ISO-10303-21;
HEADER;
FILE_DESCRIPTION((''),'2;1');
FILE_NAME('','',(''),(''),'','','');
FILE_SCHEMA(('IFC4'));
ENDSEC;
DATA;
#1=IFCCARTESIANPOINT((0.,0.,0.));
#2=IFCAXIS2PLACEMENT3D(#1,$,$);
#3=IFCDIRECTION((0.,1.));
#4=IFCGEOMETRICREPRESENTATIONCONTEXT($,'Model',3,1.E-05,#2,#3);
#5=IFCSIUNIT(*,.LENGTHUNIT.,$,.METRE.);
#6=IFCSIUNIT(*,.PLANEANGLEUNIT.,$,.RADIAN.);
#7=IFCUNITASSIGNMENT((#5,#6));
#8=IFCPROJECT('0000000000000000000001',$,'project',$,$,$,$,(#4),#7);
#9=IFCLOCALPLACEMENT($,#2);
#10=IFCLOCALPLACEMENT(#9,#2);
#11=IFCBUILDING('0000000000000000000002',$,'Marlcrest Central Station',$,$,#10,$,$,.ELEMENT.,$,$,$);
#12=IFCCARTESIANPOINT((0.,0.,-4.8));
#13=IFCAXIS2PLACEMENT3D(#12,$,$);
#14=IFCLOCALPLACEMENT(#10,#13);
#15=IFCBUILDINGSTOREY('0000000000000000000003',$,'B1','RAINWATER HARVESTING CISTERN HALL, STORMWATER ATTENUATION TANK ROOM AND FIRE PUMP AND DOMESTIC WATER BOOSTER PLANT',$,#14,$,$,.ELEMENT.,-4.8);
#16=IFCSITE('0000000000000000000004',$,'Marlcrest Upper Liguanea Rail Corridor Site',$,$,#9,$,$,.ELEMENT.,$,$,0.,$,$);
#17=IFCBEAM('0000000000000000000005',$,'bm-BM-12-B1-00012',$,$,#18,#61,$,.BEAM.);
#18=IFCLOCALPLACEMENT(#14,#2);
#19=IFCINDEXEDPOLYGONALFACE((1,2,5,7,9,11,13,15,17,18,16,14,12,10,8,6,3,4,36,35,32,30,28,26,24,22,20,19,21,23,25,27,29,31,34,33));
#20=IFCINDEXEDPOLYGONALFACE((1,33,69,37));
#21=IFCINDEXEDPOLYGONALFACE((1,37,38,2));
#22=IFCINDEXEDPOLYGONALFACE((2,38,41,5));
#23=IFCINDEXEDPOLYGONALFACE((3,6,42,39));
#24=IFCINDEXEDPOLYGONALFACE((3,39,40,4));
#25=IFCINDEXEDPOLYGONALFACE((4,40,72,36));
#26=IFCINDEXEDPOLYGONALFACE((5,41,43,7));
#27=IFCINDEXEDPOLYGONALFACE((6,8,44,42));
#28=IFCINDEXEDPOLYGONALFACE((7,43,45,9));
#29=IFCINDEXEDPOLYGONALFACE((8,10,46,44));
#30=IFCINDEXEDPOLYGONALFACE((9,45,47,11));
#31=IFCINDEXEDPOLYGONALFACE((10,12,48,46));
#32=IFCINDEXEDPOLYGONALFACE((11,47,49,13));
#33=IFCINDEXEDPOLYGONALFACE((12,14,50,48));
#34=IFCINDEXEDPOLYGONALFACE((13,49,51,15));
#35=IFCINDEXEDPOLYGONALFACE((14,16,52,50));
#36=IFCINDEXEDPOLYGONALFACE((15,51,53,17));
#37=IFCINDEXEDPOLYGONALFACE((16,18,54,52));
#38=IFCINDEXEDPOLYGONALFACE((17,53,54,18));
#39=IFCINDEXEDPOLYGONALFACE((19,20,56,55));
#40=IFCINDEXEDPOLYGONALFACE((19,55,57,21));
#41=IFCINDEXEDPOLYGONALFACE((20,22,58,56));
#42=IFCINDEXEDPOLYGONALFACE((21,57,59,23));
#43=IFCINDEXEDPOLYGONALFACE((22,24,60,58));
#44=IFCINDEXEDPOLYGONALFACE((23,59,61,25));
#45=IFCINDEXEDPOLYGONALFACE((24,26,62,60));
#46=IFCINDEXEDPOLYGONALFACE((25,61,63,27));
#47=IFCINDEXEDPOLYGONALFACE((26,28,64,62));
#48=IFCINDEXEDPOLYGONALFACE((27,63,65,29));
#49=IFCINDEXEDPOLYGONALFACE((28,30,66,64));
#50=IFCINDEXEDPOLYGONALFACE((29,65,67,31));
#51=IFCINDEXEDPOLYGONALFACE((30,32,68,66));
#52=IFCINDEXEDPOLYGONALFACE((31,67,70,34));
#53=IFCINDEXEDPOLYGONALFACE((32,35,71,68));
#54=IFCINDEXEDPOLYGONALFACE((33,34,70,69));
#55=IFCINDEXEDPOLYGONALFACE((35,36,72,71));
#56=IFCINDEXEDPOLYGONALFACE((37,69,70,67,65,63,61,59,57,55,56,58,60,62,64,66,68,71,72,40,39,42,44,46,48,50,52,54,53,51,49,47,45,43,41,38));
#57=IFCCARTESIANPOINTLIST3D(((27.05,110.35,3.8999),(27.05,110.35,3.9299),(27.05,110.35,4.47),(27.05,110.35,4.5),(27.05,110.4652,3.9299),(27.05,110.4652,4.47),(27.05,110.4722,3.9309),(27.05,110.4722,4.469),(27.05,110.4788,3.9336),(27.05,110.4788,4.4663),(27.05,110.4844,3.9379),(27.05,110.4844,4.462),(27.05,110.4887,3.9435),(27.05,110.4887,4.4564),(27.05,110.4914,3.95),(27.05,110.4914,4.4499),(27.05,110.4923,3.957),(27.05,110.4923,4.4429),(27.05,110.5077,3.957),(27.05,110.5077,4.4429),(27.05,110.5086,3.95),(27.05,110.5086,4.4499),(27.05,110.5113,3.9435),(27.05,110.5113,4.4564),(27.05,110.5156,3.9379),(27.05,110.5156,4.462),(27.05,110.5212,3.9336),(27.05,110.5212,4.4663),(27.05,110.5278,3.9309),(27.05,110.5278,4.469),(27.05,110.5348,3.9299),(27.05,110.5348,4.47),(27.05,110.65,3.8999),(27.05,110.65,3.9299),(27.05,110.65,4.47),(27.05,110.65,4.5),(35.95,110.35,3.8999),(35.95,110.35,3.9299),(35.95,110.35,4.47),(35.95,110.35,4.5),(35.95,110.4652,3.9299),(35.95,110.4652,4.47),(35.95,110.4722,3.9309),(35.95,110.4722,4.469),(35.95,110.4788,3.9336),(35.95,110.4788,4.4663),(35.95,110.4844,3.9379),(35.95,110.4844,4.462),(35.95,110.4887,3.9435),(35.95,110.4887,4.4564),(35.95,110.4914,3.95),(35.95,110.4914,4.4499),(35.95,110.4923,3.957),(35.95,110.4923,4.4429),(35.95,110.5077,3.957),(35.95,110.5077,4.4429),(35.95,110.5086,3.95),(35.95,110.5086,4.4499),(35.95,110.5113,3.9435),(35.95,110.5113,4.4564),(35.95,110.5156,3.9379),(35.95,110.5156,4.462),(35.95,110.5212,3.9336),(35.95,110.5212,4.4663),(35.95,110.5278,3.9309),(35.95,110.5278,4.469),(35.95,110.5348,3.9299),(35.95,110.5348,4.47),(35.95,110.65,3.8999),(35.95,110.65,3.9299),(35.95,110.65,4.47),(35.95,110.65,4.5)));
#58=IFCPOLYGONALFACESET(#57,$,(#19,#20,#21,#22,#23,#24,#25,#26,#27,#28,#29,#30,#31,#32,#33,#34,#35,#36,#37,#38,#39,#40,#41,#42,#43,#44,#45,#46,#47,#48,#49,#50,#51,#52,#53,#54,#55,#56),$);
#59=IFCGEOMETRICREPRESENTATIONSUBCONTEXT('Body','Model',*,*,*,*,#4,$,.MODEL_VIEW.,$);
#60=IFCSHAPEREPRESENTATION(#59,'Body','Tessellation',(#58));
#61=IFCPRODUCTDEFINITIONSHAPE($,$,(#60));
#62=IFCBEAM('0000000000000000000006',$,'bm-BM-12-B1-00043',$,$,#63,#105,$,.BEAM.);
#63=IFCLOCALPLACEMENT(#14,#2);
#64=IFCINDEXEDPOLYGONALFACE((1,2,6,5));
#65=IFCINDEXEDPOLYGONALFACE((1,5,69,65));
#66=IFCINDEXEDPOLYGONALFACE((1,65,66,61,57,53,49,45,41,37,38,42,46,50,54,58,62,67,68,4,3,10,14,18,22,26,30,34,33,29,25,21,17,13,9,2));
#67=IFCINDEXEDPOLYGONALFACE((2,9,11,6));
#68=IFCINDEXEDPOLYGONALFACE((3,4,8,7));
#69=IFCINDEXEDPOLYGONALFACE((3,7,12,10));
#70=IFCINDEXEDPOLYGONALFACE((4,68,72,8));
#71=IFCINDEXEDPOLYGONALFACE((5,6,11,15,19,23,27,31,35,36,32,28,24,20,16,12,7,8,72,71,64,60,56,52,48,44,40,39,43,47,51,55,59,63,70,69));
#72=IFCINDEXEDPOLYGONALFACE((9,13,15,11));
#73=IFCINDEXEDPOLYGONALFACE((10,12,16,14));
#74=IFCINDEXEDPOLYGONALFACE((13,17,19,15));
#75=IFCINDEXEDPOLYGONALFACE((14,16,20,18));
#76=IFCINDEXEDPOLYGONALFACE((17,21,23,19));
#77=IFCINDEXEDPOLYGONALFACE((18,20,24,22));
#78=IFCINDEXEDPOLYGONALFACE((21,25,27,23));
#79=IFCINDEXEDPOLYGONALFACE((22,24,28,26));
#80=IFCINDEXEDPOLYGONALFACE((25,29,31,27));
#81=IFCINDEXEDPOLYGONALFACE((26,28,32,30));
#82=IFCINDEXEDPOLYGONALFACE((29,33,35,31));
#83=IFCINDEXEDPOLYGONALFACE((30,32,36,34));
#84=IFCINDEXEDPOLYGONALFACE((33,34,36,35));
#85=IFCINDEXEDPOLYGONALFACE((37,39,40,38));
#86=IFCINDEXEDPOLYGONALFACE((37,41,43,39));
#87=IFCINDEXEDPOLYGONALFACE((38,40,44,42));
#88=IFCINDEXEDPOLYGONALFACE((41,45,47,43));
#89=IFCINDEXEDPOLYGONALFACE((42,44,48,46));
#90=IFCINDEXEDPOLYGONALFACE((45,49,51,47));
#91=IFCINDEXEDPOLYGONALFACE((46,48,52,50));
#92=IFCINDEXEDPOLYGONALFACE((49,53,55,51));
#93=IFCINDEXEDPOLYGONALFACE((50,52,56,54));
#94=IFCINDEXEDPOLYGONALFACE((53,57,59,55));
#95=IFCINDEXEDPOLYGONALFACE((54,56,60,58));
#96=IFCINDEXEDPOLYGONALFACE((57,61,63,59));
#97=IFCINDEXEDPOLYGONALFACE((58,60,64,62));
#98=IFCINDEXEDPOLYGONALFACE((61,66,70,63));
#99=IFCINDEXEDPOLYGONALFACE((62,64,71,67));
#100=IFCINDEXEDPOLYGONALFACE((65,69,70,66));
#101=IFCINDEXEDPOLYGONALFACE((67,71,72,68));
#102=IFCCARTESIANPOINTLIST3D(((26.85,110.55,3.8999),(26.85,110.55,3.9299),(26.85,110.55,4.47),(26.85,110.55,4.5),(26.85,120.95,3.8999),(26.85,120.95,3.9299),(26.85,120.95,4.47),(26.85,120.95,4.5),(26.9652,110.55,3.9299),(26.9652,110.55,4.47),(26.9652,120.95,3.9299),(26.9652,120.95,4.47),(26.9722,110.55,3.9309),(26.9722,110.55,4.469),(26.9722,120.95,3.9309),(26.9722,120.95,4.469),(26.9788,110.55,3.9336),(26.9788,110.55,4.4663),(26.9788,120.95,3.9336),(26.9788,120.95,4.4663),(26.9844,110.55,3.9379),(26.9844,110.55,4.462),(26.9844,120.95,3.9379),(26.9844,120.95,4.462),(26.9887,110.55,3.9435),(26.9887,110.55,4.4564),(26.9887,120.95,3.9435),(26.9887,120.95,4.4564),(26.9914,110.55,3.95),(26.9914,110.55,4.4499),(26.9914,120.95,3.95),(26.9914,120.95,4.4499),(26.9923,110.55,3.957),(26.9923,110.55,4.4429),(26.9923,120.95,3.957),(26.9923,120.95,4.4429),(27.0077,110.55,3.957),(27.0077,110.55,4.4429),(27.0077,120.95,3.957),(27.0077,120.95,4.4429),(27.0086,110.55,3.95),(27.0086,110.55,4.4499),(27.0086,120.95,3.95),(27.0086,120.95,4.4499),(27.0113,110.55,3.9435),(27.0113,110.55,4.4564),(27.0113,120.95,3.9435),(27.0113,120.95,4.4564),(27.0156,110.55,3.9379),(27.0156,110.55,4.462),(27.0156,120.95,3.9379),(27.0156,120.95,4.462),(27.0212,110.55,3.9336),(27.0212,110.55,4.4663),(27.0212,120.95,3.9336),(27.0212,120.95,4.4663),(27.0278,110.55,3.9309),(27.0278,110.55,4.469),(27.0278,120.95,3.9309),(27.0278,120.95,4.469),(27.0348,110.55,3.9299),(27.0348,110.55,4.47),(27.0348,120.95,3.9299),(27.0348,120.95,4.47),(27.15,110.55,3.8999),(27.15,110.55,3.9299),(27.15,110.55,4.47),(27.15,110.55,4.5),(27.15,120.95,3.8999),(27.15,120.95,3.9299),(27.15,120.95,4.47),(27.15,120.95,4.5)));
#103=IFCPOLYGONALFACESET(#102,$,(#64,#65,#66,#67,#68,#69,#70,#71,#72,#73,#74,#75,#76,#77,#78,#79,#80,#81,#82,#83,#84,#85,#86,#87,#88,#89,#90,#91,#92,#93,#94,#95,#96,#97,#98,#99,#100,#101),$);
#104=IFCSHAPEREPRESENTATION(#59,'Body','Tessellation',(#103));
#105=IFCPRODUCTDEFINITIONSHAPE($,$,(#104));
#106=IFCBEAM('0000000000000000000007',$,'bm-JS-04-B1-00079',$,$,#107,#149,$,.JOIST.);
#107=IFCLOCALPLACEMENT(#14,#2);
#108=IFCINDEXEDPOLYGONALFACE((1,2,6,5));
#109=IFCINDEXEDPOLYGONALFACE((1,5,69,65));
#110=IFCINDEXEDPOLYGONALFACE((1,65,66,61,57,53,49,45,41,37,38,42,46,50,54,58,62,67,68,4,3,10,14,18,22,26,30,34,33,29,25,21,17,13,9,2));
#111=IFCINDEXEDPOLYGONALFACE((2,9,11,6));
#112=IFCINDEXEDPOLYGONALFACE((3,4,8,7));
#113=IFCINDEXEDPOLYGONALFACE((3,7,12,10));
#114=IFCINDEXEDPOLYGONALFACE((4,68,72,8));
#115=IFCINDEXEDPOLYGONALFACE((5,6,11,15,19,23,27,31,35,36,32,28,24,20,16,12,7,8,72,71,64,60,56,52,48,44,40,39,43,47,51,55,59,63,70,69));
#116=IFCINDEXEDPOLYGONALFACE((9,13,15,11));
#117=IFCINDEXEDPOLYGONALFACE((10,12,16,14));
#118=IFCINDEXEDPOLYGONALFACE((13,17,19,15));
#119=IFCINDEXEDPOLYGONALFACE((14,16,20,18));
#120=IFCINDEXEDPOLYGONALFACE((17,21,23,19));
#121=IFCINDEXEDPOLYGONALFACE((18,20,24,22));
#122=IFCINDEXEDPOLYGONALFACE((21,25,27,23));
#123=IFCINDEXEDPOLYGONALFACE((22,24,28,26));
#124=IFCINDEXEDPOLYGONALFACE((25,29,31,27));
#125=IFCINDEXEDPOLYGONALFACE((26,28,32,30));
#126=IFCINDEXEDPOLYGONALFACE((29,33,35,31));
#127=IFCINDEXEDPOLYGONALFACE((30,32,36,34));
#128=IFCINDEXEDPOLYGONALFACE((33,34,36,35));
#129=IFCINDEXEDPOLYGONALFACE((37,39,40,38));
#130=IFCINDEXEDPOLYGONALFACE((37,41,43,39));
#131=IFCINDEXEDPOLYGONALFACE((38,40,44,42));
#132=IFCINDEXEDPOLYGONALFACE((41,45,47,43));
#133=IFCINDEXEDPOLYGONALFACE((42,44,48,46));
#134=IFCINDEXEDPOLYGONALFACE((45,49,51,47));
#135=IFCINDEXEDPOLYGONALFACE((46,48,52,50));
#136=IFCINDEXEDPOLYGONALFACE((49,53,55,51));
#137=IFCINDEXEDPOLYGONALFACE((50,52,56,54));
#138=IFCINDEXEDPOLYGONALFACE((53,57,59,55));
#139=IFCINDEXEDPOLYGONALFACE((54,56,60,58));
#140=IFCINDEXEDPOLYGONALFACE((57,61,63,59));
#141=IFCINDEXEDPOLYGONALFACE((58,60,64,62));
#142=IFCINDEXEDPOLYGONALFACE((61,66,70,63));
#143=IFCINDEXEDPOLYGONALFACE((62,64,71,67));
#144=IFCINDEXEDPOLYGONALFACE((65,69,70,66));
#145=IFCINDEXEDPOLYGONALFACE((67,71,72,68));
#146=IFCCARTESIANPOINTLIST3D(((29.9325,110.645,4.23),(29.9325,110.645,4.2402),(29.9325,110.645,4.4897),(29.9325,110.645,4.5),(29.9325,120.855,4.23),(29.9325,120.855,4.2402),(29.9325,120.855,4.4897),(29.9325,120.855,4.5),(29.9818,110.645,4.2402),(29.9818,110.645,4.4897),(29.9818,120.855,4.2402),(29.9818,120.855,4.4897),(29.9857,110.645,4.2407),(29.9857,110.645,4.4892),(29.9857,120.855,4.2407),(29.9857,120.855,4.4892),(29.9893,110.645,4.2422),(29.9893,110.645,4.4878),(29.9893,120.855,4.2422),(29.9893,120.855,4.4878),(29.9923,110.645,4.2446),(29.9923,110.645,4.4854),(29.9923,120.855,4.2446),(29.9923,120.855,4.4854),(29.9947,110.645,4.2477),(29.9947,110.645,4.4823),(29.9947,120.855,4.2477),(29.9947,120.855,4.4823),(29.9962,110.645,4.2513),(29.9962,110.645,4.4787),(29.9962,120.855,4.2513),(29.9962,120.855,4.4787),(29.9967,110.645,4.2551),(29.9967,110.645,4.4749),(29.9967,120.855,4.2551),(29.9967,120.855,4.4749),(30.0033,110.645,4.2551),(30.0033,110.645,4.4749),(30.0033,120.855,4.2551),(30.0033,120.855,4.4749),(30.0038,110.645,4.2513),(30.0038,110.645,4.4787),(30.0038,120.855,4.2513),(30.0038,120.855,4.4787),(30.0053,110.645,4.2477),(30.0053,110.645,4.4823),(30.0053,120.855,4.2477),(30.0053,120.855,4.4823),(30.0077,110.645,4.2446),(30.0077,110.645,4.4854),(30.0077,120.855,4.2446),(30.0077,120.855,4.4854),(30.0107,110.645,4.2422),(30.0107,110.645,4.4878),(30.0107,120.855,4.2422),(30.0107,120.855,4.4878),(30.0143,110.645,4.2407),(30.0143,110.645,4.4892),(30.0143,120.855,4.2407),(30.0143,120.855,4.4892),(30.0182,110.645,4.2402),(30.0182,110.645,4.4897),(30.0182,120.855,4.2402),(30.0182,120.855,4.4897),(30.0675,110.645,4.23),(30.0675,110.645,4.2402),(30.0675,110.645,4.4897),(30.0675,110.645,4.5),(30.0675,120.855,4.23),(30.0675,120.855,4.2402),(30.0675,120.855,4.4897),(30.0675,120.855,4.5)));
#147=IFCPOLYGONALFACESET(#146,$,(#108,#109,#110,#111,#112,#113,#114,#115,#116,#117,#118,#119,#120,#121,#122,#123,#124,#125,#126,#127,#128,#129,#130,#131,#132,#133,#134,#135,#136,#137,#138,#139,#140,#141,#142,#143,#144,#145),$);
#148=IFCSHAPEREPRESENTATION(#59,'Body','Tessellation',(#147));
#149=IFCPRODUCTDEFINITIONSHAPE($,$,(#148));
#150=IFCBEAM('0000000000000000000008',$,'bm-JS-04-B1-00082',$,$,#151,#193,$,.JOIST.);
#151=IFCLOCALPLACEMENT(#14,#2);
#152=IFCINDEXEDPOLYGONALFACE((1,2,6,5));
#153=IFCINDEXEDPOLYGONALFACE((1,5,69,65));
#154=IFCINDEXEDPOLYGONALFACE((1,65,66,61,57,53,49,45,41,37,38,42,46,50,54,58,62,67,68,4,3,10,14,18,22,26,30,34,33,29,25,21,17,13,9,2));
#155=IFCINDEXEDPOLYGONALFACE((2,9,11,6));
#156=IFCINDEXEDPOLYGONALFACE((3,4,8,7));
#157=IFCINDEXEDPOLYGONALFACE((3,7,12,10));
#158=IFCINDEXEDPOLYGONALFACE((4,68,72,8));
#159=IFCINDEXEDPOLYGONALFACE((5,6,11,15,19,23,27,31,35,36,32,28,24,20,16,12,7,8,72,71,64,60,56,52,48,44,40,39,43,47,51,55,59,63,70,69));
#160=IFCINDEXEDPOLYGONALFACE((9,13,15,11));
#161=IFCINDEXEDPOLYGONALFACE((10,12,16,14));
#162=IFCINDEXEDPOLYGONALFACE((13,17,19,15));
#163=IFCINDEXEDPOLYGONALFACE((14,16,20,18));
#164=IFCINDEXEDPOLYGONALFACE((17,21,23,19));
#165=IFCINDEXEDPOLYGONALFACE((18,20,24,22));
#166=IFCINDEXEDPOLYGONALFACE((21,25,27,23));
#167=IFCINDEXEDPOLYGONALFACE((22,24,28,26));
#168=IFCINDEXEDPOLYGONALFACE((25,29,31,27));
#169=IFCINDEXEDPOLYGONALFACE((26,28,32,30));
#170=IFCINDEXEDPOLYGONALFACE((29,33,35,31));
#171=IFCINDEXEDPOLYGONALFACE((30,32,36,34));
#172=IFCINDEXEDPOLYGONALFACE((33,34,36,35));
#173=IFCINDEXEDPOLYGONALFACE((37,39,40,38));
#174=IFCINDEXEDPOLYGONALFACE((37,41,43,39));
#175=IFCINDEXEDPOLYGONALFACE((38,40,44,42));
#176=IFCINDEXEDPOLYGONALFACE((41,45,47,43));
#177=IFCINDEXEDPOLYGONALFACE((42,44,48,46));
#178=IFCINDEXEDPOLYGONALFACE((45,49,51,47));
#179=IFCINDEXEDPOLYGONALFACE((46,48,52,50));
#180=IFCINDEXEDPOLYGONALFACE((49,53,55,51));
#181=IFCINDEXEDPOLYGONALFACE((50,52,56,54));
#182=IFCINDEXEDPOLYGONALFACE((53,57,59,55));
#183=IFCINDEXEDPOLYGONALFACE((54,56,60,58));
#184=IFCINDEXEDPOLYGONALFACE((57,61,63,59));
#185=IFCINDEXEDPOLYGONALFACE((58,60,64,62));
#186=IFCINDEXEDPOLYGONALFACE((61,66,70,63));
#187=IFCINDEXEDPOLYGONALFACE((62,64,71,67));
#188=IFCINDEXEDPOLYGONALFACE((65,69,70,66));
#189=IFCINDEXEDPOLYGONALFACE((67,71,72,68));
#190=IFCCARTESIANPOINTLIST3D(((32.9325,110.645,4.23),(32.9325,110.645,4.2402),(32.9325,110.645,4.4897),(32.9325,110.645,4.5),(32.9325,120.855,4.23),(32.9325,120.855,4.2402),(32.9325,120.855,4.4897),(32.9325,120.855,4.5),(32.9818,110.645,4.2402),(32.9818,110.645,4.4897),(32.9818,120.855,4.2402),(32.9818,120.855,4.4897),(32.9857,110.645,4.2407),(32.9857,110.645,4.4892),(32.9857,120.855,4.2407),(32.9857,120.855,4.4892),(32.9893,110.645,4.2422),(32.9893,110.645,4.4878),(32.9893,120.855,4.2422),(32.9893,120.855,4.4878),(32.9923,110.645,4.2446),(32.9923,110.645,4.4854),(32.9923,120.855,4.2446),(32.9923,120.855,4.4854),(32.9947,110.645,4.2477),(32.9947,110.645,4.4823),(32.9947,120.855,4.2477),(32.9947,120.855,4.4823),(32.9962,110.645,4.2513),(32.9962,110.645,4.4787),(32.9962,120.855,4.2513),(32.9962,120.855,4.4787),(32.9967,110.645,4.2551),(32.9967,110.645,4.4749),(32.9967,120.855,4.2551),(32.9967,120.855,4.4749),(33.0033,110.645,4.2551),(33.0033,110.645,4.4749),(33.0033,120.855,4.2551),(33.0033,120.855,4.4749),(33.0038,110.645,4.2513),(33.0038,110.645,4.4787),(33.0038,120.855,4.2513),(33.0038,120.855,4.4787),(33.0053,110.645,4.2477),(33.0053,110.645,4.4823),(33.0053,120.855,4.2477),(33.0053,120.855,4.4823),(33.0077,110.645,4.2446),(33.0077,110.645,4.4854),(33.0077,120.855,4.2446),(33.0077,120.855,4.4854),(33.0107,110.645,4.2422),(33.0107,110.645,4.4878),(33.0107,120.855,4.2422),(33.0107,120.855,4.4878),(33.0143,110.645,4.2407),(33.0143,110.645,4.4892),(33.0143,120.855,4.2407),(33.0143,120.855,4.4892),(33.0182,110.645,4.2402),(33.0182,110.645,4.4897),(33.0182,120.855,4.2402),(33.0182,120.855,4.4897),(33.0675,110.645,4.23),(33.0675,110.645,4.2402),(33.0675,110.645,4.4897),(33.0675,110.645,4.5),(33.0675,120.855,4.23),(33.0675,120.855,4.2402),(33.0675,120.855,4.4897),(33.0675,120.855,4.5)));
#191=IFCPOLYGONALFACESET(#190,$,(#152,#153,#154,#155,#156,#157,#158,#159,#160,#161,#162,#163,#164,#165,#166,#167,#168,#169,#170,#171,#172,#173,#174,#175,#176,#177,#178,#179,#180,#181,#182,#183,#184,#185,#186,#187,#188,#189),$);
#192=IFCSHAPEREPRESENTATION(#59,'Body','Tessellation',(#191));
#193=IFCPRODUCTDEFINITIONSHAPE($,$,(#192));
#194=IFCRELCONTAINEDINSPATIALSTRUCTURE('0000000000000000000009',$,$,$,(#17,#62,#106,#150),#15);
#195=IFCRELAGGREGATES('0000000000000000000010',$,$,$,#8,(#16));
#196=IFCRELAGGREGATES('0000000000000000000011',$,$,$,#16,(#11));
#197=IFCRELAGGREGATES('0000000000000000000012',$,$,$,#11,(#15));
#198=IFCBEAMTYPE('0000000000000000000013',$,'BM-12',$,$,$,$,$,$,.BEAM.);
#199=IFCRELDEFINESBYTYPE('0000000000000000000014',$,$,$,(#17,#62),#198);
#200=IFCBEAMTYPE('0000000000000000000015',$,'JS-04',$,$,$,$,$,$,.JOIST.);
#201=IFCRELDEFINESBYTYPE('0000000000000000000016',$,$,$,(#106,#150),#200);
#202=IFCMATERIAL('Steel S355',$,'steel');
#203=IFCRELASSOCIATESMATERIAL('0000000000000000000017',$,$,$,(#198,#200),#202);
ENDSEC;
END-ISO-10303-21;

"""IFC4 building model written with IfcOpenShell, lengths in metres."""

from ifc_helpers import new_model, si_unit, direction, frame, origin, origin_2d, place, context, subcontext, project, spatial, i_section, extrude, material, material_profile, profile_set, type_object, element, save


model = new_model("IFC4")

# Units and contexts
model_context = context("Model", 3, precision=1e-05, world=origin(), true_north=direction((0.0, 1.0)))
body_context = subcontext(model_context, "Body", "Model", "MODEL_VIEW")
ifc_project = project(units=[si_unit("LENGTHUNIT", "METRE"), si_unit("PLANEANGLEUNIT", "RADIAN")], contexts=[model_context])

# Site, building, storey
site_placement = place(None, origin())
site = spatial("IfcSite", under=ifc_project, at=site_placement, Name="Marlcrest Upper Liguanea Rail Corridor Site", CompositionType="ELEMENT", RefElevation=0.0)
building_placement = place(site_placement, origin())
building = spatial("IfcBuilding", under=site, at=building_placement, Name="Marlcrest Central Station", CompositionType="ELEMENT")
storey_placement = place(building_placement, frame((0.0, 0.0, -4.8)))
storey = spatial("IfcBuildingStorey", under=building, at=storey_placement, Name="B1", Description="RAINWATER HARVESTING CISTERN HALL, STORMWATER ATTENUATION TANK ROOM AND FIRE PUMP AND DOMESTIC WATER BOOSTER PLANT", CompositionType="ELEMENT", Elevation=-4.8)

# Shared definitions
ifc_material_1 = material(Name="Steel S355", Category="steel")

# Beams
ifc_material_profile_1 = material_profile(ifc_material_1, i_section(OverallWidth=0.3, OverallDepth=0.6001, WebThickness=0.0154, FlangeThickness=0.03, FilletRadius=0.0271, at=origin_2d()), Name="HEB 600")
ifc_profile_set_1 = profile_set([ifc_material_profile_1], Name="Steel S355")
beam_type_1 = type_object("IfcBeamType", Name="BM-12", PredefinedType="BEAM", material=ifc_profile_set_1)
beam_1_placement = place(storey_placement, frame((27.05, 110.5, 4.2), z_axis=(1.0, 0.0, 0.0), x_axis=(0.0, 1.0, 0.0)))
element("IfcBeam", 1, at=beam_1_placement, inside=storey, type_object=beam_type_1, Name="bm-BM-12-B1-00012", PredefinedType="BEAM", context=body_context, shape_type="SweptSolid", body=[
    extrude(i_section(OverallWidth=0.3, OverallDepth=0.6001, WebThickness=0.0154, FlangeThickness=0.03, FilletRadius=0.0271, at=origin_2d()), origin(), (0.0, 0.0, 1.0), 8.8999),
])
beam_2_placement = place(storey_placement, frame((27.0, 110.55, 4.2), z_axis=(0.0, 1.0, 0.0), x_axis=(-1.0, 0.0, 0.0)))
element("IfcBeam", 2, at=beam_2_placement, inside=storey, type_object=beam_type_1, Name="bm-BM-12-B1-00043", PredefinedType="BEAM", context=body_context, shape_type="SweptSolid", body=[
    extrude(i_section(OverallWidth=0.3, OverallDepth=0.6001, WebThickness=0.0154, FlangeThickness=0.03, FilletRadius=0.0271, at=origin_2d()), origin(), (0.0, 0.0, 1.0), 10.3999),
])
ifc_material_profile_2 = material_profile(ifc_material_1, i_section(OverallWidth=0.135, OverallDepth=0.27, WebThickness=0.0066, FlangeThickness=0.0103, FilletRadius=0.0149, at=origin_2d()), Name="IPE 270")
ifc_profile_set_2 = profile_set([ifc_material_profile_2], Name="Steel S355")
beam_type_2 = type_object("IfcBeamType", Name="JS-04", PredefinedType="JOIST", material=ifc_profile_set_2)
for number, where, z_axis, x_axis, name in (
    (3, (30.0, 110.645, 4.365), (0.0, 1.0, 0.0), (-1.0, 0.0, 0.0), "bm-JS-04-B1-00079"),
    (4, (33.0, 110.645, 4.365), (0.0, 1.0, 0.0), (-1.0, 0.0, 0.0), "bm-JS-04-B1-00082"),
):
    element("IfcBeam", number, at=place(storey_placement, frame(where, z_axis=z_axis, x_axis=x_axis)), inside=storey, type_object=beam_type_2, Name=name, PredefinedType="JOIST", context=body_context, shape_type="SweptSolid", body=[
        extrude(i_section(OverallWidth=0.135, OverallDepth=0.27, WebThickness=0.0066, FlangeThickness=0.0103, FilletRadius=0.0149, at=origin_2d()), origin(), (0.0, 0.0, 1.0), 10.21),
    ])

save(model, "model.ifc")
